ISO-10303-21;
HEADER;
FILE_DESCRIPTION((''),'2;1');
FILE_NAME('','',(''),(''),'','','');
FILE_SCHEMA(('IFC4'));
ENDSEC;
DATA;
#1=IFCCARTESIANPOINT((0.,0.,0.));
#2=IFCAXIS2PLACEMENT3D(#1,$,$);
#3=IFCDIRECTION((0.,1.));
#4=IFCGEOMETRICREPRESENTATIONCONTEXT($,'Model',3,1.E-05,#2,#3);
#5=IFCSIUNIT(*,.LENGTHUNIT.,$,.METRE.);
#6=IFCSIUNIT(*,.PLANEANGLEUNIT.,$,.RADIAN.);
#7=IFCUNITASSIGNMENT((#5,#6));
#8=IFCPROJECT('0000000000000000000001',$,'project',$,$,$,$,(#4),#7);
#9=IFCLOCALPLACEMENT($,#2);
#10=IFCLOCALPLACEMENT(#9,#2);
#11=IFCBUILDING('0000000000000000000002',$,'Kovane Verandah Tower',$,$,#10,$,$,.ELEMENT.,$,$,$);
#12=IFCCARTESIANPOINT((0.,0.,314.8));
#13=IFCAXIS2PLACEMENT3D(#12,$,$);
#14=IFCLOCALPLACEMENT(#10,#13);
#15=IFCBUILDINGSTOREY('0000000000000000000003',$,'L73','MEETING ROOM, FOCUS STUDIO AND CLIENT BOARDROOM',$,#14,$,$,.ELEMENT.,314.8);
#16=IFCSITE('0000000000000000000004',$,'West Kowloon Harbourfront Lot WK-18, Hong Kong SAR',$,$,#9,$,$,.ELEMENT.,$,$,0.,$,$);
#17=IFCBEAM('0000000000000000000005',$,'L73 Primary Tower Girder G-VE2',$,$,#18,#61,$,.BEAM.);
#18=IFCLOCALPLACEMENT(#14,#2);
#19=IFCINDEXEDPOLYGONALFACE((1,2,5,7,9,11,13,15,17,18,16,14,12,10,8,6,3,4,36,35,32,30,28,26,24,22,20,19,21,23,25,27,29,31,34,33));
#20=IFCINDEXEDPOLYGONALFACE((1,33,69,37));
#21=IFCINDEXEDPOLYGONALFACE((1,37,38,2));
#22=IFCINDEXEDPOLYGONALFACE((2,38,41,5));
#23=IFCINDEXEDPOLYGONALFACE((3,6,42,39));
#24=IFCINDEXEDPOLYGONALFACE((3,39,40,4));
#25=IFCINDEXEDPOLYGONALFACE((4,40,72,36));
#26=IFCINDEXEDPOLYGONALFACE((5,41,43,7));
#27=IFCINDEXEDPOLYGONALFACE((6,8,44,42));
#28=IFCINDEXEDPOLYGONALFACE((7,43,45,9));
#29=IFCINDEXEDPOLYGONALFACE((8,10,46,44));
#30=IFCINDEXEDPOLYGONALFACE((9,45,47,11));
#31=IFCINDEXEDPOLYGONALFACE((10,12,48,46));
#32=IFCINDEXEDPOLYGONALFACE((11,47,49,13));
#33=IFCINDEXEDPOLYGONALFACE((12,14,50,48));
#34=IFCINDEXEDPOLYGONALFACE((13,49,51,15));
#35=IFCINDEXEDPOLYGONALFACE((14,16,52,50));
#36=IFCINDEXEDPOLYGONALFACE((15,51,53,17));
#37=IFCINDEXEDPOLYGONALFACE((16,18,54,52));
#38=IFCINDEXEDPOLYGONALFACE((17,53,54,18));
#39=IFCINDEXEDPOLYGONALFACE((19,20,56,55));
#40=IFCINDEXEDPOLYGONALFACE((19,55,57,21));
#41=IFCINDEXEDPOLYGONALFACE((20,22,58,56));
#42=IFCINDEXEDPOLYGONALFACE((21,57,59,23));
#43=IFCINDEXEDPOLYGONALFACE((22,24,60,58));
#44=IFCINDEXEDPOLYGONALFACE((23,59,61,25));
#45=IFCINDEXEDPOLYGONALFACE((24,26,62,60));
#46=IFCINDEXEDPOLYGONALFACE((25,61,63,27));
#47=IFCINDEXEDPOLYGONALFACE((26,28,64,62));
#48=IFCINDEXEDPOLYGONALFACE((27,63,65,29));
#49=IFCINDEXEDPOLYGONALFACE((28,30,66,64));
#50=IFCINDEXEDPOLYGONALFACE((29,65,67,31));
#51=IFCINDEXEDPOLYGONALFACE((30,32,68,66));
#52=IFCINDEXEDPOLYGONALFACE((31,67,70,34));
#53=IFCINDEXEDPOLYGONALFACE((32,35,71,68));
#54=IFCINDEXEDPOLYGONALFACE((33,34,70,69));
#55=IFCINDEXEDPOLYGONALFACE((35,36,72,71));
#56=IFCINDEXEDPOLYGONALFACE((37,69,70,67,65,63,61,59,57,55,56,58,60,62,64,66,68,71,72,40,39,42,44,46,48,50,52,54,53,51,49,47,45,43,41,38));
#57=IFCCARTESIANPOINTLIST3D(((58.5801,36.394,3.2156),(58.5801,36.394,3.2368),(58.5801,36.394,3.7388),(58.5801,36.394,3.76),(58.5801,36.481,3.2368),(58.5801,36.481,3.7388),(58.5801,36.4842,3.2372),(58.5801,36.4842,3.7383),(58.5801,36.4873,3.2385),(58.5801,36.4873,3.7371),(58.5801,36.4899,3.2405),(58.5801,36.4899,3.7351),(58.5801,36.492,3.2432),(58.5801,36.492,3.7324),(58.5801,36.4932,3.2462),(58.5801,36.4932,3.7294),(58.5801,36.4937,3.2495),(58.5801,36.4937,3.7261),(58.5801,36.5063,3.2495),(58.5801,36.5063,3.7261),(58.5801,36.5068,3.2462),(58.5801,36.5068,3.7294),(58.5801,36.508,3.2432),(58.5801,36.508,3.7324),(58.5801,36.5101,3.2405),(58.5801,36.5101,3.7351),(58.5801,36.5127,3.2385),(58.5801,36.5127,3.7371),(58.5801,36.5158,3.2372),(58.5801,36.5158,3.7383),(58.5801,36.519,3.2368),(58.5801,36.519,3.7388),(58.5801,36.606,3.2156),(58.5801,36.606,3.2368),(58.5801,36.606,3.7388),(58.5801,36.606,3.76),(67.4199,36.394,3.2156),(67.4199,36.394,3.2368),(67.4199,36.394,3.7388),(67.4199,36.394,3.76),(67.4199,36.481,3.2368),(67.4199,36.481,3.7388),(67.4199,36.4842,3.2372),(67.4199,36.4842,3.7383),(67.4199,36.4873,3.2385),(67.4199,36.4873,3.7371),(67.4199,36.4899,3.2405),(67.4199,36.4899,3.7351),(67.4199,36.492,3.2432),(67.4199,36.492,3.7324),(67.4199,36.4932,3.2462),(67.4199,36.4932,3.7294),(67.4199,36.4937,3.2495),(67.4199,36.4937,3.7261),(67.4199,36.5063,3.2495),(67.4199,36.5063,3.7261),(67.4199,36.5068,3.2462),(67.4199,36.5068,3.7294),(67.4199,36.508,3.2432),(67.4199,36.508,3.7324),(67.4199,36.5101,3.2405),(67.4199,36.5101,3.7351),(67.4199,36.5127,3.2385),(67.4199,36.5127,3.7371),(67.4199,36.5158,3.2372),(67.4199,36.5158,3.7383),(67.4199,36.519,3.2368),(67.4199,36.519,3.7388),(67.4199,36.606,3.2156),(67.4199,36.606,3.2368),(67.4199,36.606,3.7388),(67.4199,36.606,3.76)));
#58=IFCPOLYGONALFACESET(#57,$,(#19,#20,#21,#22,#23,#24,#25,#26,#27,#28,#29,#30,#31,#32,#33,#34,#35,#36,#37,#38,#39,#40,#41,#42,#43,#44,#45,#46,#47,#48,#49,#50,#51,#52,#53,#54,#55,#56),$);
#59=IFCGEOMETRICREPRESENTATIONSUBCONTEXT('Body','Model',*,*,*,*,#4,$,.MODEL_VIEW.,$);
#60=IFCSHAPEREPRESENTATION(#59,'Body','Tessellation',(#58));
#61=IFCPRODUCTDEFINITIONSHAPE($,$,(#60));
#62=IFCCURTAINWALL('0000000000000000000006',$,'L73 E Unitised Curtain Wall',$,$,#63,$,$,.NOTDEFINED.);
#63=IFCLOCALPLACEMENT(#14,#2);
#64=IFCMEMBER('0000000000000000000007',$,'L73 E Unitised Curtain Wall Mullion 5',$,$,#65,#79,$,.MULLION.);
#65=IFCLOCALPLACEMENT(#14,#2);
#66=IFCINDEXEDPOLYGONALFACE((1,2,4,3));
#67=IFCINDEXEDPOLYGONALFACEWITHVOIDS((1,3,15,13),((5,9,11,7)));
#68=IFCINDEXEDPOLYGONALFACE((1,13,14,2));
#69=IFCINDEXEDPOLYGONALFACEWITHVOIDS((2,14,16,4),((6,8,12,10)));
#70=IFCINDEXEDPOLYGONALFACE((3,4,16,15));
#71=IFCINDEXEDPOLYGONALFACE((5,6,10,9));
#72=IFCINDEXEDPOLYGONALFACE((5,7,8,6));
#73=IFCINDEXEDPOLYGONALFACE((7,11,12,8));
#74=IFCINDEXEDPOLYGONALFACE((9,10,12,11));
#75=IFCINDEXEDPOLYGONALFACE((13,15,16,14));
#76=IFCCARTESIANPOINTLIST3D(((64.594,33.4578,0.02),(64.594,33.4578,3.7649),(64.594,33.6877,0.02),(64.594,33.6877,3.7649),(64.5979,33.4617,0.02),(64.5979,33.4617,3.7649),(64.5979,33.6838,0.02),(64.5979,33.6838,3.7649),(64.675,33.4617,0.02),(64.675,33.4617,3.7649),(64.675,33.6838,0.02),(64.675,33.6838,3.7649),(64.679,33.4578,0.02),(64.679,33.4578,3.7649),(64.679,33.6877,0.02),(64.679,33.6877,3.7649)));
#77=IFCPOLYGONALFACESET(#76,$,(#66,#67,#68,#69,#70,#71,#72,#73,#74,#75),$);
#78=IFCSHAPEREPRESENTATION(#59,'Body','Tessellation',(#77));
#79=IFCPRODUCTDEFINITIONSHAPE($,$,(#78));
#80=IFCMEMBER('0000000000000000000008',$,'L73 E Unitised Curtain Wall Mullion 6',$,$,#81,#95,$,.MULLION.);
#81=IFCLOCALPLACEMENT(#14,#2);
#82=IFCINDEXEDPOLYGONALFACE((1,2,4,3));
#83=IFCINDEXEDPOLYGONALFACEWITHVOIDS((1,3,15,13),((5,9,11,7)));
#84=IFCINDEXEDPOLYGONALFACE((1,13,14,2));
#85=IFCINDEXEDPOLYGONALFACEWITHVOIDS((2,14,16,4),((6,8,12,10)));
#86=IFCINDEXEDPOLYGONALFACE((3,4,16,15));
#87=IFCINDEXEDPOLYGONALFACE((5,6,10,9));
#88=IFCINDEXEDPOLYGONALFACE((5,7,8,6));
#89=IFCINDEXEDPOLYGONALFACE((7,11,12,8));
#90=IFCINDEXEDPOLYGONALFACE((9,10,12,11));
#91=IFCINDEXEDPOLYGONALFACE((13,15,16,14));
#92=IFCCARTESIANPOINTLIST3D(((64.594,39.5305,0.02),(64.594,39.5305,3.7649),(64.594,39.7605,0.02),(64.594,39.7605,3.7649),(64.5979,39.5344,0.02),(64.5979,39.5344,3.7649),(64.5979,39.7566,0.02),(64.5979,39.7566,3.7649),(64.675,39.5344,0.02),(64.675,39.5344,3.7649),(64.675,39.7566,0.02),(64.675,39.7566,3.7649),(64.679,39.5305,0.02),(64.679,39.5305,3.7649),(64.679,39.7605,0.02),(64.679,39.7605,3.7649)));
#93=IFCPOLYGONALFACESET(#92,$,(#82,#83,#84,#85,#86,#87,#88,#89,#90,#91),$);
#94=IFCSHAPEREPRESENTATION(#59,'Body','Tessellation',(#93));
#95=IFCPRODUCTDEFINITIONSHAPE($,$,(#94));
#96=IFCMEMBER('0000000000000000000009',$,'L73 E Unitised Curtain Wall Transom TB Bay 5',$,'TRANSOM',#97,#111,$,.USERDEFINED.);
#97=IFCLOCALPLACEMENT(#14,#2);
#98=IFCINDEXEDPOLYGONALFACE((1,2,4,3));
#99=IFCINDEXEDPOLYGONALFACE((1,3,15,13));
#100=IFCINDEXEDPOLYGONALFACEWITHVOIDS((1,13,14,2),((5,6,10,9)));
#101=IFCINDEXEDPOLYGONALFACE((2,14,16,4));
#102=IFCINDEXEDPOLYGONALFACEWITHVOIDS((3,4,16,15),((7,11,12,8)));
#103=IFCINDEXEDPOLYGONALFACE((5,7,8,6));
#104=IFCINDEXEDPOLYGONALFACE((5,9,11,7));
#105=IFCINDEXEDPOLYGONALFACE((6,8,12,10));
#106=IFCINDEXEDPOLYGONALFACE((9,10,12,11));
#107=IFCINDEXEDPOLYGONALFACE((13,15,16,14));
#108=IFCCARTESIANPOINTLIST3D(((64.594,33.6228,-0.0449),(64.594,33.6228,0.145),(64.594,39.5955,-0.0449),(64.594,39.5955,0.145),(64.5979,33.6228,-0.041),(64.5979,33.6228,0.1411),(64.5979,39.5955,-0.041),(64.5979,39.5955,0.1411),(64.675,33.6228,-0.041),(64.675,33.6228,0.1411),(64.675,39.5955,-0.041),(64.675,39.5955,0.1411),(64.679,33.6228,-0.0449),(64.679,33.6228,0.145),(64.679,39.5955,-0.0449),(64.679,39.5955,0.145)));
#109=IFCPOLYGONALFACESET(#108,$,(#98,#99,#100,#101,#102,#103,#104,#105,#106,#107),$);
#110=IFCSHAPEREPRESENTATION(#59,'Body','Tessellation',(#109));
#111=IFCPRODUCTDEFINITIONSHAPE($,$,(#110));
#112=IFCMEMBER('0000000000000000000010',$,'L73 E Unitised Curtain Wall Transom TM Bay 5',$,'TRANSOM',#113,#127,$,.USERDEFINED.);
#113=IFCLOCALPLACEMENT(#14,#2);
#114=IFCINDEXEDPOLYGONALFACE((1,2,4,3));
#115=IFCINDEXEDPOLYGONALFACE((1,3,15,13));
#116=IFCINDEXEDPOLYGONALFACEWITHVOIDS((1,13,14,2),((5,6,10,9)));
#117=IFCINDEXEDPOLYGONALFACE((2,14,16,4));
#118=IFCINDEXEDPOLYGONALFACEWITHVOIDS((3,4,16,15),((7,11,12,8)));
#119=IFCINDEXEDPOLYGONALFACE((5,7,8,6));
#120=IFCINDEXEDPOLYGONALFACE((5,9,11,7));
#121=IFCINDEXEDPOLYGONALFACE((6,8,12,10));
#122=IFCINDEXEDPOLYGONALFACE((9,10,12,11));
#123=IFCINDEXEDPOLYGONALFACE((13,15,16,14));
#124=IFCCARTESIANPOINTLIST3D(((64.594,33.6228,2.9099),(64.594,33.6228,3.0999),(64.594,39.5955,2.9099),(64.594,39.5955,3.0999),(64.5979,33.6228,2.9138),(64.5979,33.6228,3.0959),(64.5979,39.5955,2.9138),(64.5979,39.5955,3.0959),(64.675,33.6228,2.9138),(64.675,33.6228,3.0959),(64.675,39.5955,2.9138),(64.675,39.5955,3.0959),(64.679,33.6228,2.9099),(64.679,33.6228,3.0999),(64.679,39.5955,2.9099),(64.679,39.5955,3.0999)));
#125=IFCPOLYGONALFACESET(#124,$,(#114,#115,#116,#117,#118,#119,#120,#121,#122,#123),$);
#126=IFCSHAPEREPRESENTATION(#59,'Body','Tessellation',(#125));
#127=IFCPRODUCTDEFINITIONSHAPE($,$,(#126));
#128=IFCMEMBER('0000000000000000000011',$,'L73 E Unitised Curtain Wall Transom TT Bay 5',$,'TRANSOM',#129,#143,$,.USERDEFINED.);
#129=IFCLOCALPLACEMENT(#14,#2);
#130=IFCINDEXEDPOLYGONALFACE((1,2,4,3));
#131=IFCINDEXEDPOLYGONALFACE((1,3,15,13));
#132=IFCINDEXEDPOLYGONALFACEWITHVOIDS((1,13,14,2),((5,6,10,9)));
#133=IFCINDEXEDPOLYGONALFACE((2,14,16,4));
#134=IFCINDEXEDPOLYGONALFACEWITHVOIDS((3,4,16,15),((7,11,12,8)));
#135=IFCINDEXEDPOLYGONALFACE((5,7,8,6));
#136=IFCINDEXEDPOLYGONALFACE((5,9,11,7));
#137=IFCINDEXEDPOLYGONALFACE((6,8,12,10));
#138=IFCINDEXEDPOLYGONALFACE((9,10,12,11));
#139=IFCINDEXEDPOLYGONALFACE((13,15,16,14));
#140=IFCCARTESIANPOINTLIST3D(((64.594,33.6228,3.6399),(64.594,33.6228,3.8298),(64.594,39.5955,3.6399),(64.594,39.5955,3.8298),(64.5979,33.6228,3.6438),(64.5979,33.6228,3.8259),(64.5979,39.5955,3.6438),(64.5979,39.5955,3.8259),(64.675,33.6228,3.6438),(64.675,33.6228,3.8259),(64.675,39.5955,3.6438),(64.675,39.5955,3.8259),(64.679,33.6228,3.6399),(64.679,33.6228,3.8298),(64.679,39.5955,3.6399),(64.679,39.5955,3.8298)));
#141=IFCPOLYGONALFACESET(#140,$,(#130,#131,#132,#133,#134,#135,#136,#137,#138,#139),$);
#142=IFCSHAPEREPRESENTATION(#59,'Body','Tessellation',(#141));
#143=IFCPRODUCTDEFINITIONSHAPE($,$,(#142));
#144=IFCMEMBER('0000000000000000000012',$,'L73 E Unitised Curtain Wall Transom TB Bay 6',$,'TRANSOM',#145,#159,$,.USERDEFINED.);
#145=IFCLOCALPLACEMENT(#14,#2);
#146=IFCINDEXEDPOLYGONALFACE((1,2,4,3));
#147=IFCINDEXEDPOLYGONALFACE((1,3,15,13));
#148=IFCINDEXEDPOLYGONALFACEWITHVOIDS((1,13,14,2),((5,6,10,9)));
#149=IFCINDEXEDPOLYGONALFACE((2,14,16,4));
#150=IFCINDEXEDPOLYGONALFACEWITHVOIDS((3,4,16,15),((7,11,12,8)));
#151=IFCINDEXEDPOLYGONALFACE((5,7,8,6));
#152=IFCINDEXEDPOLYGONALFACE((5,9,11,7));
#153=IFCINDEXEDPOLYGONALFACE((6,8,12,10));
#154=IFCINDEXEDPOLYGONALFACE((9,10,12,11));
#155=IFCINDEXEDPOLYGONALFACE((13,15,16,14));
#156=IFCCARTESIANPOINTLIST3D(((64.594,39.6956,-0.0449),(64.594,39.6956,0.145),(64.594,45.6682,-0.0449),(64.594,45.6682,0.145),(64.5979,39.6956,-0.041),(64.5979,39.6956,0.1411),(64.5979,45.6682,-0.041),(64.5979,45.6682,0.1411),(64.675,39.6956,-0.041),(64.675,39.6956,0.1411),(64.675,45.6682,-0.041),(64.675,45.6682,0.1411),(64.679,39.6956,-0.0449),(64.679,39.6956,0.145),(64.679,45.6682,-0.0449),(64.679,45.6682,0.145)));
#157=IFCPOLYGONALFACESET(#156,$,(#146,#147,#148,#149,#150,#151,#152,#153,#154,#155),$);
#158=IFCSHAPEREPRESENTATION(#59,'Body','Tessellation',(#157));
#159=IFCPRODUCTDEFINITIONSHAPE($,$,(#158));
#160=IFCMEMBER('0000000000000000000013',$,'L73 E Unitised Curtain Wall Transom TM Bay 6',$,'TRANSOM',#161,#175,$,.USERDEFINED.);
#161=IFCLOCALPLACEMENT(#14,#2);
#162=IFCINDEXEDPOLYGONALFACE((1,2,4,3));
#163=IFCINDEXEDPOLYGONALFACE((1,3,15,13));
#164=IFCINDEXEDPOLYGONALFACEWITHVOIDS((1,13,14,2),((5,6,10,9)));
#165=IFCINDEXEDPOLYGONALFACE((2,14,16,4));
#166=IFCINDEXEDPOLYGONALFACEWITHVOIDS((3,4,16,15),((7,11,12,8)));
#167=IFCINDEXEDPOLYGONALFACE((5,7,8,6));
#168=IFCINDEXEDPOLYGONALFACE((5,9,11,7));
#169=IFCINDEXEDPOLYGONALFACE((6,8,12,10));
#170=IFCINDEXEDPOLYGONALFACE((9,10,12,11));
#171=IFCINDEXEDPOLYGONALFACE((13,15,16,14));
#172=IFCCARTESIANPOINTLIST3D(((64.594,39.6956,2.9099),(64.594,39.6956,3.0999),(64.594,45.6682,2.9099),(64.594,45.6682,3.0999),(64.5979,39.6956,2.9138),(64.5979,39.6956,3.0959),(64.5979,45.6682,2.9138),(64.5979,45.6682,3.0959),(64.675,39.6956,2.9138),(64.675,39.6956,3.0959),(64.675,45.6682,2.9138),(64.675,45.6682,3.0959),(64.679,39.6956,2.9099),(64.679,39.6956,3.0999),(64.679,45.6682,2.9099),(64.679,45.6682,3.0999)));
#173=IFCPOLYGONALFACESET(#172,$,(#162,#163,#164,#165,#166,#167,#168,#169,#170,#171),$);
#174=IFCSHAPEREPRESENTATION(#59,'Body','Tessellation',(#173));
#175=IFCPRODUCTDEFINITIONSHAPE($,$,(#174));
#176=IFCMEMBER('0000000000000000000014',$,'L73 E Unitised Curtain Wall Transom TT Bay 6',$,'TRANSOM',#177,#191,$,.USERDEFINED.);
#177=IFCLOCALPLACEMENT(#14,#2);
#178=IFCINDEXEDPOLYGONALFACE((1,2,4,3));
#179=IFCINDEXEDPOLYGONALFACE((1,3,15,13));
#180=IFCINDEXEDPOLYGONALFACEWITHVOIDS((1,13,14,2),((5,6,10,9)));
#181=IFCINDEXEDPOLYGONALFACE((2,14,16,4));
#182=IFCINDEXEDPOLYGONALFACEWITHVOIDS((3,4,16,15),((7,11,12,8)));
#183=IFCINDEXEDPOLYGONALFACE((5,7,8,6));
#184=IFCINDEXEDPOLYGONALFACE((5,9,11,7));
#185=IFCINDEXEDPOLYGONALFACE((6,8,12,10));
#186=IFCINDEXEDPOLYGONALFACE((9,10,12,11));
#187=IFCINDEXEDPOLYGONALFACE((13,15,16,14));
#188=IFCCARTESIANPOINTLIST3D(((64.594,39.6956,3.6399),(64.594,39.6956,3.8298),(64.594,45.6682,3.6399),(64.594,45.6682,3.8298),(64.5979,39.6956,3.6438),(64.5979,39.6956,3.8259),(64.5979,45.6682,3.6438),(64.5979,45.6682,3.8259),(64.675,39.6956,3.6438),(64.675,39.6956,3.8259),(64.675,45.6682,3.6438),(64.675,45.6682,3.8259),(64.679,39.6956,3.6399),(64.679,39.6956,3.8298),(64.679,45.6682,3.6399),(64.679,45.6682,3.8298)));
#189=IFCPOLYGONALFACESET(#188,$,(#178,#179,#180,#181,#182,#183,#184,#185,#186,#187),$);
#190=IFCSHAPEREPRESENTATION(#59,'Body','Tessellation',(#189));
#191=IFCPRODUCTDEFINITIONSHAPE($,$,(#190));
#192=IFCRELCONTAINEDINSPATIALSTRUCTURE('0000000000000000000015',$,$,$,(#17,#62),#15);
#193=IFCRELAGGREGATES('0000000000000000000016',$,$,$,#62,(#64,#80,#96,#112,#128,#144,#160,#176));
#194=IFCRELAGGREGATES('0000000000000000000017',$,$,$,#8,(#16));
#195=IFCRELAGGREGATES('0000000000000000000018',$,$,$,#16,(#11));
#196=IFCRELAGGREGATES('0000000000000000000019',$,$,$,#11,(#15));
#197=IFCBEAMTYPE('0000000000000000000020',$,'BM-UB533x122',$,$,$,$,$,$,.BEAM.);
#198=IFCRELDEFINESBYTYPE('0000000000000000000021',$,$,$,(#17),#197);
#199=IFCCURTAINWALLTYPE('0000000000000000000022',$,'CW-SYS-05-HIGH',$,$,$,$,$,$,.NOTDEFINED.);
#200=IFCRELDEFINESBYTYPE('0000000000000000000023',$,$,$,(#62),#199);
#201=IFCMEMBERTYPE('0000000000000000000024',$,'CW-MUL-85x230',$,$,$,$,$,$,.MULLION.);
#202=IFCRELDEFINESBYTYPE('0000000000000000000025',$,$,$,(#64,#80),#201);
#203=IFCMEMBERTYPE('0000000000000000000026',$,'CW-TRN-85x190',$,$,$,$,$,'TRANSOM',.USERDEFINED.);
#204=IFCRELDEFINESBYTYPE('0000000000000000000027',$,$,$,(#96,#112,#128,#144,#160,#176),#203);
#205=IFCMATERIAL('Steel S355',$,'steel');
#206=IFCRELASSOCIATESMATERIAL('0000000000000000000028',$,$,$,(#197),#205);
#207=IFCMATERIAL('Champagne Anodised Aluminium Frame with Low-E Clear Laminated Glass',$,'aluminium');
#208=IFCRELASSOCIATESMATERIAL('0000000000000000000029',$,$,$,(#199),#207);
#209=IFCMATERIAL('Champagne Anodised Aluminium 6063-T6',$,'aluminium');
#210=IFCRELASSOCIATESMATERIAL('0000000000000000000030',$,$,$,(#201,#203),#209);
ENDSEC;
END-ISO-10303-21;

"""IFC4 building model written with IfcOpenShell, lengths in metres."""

from ifc_helpers import new_model, si_unit, direction, frame, origin, origin_2d, place, context, subcontext, project, spatial, hollow_rectangle, i_section, extrude, material, material_profile, profile_set, type_object, element, aggregate, save


model = new_model("IFC4")

# Units and contexts
model_context = context("Model", 3, precision=1e-05, world=origin(), true_north=direction((0.0, 1.0)))
body_context = subcontext(model_context, "Body", "Model", "MODEL_VIEW")
ifc_project = project(units=[si_unit("LENGTHUNIT", "METRE"), si_unit("PLANEANGLEUNIT", "RADIAN")], contexts=[model_context])

# Site, building, storey
site_placement = place(None, origin())
site = spatial("IfcSite", under=ifc_project, at=site_placement, Name="West Kowloon Harbourfront Lot WK-18, Hong Kong SAR", CompositionType="ELEMENT", RefElevation=0.0)
building_placement = place(site_placement, origin())
building = spatial("IfcBuilding", under=site, at=building_placement, Name="Kovane Verandah Tower", CompositionType="ELEMENT")
storey_placement = place(building_placement, frame((0.0, 0.0, 314.8)))
storey = spatial("IfcBuildingStorey", under=building, at=storey_placement, Name="L73", Description="MEETING ROOM, FOCUS STUDIO AND CLIENT BOARDROOM", CompositionType="ELEMENT", Elevation=314.8)

# Beam
ifc_material_1 = material(Name="Steel S355", Category="steel")
ifc_material_profile_1 = material_profile(ifc_material_1, i_section(OverallWidth=0.2119, OverallDepth=0.5444, WebThickness=0.0127, FlangeThickness=0.0212, FilletRadius=0.0127, at=origin_2d()), Name="UB533x210x122")
ifc_profile_set_1 = profile_set([ifc_material_profile_1], Name="Steel S355")
beam_type_1 = type_object("IfcBeamType", Name="BM-UB533x122", PredefinedType="BEAM", material=ifc_profile_set_1)
beam_1_placement = place(storey_placement, frame((58.5801, 36.5, 3.4878), z_axis=(1.0, 0.0, 0.0), x_axis=(0.0, 1.0, 0.0)))
element("IfcBeam", 1, at=beam_1_placement, inside=storey, type_object=beam_type_1, Name="L73 Primary Tower Girder G-VE2", PredefinedType="BEAM", context=body_context, shape_type="SweptSolid", body=[
    extrude(i_section(OverallWidth=0.2119, OverallDepth=0.5444, WebThickness=0.0127, FlangeThickness=0.0212, FilletRadius=0.0127, at=origin_2d()), origin(), (0.0, 0.0, 1.0), 8.8398),
])

# Curtain wall, members
ifc_material_2 = material(Name="Champagne Anodised Aluminium Frame with Low-E Clear Laminated Glass", Category="aluminium")
curtain_wall_type = type_object("IfcCurtainWallType", Name="CW-SYS-05-HIGH", PredefinedType="NOTDEFINED", material=ifc_material_2)
curtain_wall_placement = place(storey_placement, origin())
curtain_wall = element("IfcCurtainWall", 2, at=curtain_wall_placement, inside=storey, type_object=curtain_wall_type, Name="L73 E Unitised Curtain Wall", PredefinedType="NOTDEFINED")
ifc_material_3 = material(Name="Champagne Anodised Aluminium 6063-T6", Category="aluminium")
ifc_material_profile_2 = material_profile(ifc_material_3, hollow_rectangle(XDim=0.085, YDim=0.23, WallThickness=0.0039, at=origin_2d()), Name="AL85x230x4")
ifc_profile_set_2 = profile_set([ifc_material_profile_2], Name="Champagne Anodised Aluminium 6063-T6")
member_type_1 = type_object("IfcMemberType", Name="CW-MUL-85x230", PredefinedType="MULLION", material=ifc_profile_set_2)
member_1_placement = place(storey_placement, frame((64.6365, 33.5728, 0.02), z_axis=(0.0, 0.0, 1.0), x_axis=(1.0, 0.0, 0.0)))
member_1 = element("IfcMember", 3, at=member_1_placement, type_object=member_type_1, Name="L73 E Unitised Curtain Wall Mullion 5", PredefinedType="MULLION", context=body_context, shape_type="SweptSolid", body=[
    extrude(hollow_rectangle(XDim=0.085, YDim=0.23, WallThickness=0.0039, at=origin_2d()), origin(), (0.0, 0.0, 1.0), 3.7449),
])
member_2_placement = place(storey_placement, frame((64.6365, 39.6455, 0.02), z_axis=(0.0, 0.0, 1.0), x_axis=(1.0, 0.0, 0.0)))
member_2 = element("IfcMember", 4, at=member_2_placement, type_object=member_type_1, Name="L73 E Unitised Curtain Wall Mullion 6", PredefinedType="MULLION", context=body_context, shape_type="SweptSolid", body=[
    extrude(hollow_rectangle(XDim=0.085, YDim=0.23, WallThickness=0.0039, at=origin_2d()), origin(), (0.0, 0.0, 1.0), 3.7449),
])
ifc_material_profile_3 = material_profile(ifc_material_3, hollow_rectangle(XDim=0.085, YDim=0.1899, WallThickness=0.0039, at=origin_2d()), Name="AL85x190x4")
ifc_profile_set_3 = profile_set([ifc_material_profile_3], Name="Champagne Anodised Aluminium 6063-T6")
member_type_2 = type_object("IfcMemberType", Name="CW-TRN-85x190", ElementType="TRANSOM", PredefinedType="USERDEFINED", material=ifc_profile_set_3)
member_3_placement = place(storey_placement, frame((64.6365, 33.6228, 0.05), z_axis=(0.0, 1.0, 0.0), x_axis=(-1.0, 0.0, 0.0)))
member_3 = element("IfcMember", 5, at=member_3_placement, type_object=member_type_2, Name="L73 E Unitised Curtain Wall Transom TB Bay 5", ObjectType="TRANSOM", PredefinedType="USERDEFINED", context=body_context, shape_type="SweptSolid", body=[
    extrude(hollow_rectangle(XDim=0.085, YDim=0.1899, WallThickness=0.0039, at=origin_2d()), origin(), (0.0, 0.0, 1.0), 5.9727),
])
member_4_placement = place(storey_placement, frame((64.6365, 33.6228, 3.0049), z_axis=(0.0, 1.0, 0.0), x_axis=(-1.0, 0.0, 0.0)))
member_4 = element("IfcMember", 6, at=member_4_placement, type_object=member_type_2, Name="L73 E Unitised Curtain Wall Transom TM Bay 5", ObjectType="TRANSOM", PredefinedType="USERDEFINED", context=body_context, shape_type="SweptSolid", body=[
    extrude(hollow_rectangle(XDim=0.085, YDim=0.1899, WallThickness=0.0039, at=origin_2d()), origin(), (0.0, 0.0, 1.0), 5.9727),
])
member_5_placement = place(storey_placement, frame((64.6365, 33.6228, 3.7349), z_axis=(0.0, 1.0, 0.0), x_axis=(-1.0, 0.0, 0.0)))
member_5 = element("IfcMember", 7, at=member_5_placement, type_object=member_type_2, Name="L73 E Unitised Curtain Wall Transom TT Bay 5", ObjectType="TRANSOM", PredefinedType="USERDEFINED", context=body_context, shape_type="SweptSolid", body=[
    extrude(hollow_rectangle(XDim=0.085, YDim=0.1899, WallThickness=0.0039, at=origin_2d()), origin(), (0.0, 0.0, 1.0), 5.9727),
])
member_6_placement = place(storey_placement, frame((64.6365, 39.6956, 0.05), z_axis=(0.0, 1.0, 0.0), x_axis=(-1.0, 0.0, 0.0)))
member_6 = element("IfcMember", 8, at=member_6_placement, type_object=member_type_2, Name="L73 E Unitised Curtain Wall Transom TB Bay 6", ObjectType="TRANSOM", PredefinedType="USERDEFINED", context=body_context, shape_type="SweptSolid", body=[
    extrude(hollow_rectangle(XDim=0.085, YDim=0.1899, WallThickness=0.0039, at=origin_2d()), origin(), (0.0, 0.0, 1.0), 5.9727),
])
member_7_placement = place(storey_placement, frame((64.6365, 39.6956, 3.0049), z_axis=(0.0, 1.0, 0.0), x_axis=(-1.0, 0.0, 0.0)))
member_7 = element("IfcMember", 9, at=member_7_placement, type_object=member_type_2, Name="L73 E Unitised Curtain Wall Transom TM Bay 6", ObjectType="TRANSOM", PredefinedType="USERDEFINED", context=body_context, shape_type="SweptSolid", body=[
    extrude(hollow_rectangle(XDim=0.085, YDim=0.1899, WallThickness=0.0039, at=origin_2d()), origin(), (0.0, 0.0, 1.0), 5.9727),
])
member_8_placement = place(storey_placement, frame((64.6365, 39.6956, 3.7349), z_axis=(0.0, 1.0, 0.0), x_axis=(-1.0, 0.0, 0.0)))
member_8 = element("IfcMember", 10, at=member_8_placement, type_object=member_type_2, Name="L73 E Unitised Curtain Wall Transom TT Bay 6", ObjectType="TRANSOM", PredefinedType="USERDEFINED", context=body_context, shape_type="SweptSolid", body=[
    extrude(hollow_rectangle(XDim=0.085, YDim=0.1899, WallThickness=0.0039, at=origin_2d()), origin(), (0.0, 0.0, 1.0), 5.9727),
])

aggregate(curtain_wall, [member_1, member_2, member_3, member_4, member_5, member_6, member_7, member_8])

save(model, "model.ifc")
